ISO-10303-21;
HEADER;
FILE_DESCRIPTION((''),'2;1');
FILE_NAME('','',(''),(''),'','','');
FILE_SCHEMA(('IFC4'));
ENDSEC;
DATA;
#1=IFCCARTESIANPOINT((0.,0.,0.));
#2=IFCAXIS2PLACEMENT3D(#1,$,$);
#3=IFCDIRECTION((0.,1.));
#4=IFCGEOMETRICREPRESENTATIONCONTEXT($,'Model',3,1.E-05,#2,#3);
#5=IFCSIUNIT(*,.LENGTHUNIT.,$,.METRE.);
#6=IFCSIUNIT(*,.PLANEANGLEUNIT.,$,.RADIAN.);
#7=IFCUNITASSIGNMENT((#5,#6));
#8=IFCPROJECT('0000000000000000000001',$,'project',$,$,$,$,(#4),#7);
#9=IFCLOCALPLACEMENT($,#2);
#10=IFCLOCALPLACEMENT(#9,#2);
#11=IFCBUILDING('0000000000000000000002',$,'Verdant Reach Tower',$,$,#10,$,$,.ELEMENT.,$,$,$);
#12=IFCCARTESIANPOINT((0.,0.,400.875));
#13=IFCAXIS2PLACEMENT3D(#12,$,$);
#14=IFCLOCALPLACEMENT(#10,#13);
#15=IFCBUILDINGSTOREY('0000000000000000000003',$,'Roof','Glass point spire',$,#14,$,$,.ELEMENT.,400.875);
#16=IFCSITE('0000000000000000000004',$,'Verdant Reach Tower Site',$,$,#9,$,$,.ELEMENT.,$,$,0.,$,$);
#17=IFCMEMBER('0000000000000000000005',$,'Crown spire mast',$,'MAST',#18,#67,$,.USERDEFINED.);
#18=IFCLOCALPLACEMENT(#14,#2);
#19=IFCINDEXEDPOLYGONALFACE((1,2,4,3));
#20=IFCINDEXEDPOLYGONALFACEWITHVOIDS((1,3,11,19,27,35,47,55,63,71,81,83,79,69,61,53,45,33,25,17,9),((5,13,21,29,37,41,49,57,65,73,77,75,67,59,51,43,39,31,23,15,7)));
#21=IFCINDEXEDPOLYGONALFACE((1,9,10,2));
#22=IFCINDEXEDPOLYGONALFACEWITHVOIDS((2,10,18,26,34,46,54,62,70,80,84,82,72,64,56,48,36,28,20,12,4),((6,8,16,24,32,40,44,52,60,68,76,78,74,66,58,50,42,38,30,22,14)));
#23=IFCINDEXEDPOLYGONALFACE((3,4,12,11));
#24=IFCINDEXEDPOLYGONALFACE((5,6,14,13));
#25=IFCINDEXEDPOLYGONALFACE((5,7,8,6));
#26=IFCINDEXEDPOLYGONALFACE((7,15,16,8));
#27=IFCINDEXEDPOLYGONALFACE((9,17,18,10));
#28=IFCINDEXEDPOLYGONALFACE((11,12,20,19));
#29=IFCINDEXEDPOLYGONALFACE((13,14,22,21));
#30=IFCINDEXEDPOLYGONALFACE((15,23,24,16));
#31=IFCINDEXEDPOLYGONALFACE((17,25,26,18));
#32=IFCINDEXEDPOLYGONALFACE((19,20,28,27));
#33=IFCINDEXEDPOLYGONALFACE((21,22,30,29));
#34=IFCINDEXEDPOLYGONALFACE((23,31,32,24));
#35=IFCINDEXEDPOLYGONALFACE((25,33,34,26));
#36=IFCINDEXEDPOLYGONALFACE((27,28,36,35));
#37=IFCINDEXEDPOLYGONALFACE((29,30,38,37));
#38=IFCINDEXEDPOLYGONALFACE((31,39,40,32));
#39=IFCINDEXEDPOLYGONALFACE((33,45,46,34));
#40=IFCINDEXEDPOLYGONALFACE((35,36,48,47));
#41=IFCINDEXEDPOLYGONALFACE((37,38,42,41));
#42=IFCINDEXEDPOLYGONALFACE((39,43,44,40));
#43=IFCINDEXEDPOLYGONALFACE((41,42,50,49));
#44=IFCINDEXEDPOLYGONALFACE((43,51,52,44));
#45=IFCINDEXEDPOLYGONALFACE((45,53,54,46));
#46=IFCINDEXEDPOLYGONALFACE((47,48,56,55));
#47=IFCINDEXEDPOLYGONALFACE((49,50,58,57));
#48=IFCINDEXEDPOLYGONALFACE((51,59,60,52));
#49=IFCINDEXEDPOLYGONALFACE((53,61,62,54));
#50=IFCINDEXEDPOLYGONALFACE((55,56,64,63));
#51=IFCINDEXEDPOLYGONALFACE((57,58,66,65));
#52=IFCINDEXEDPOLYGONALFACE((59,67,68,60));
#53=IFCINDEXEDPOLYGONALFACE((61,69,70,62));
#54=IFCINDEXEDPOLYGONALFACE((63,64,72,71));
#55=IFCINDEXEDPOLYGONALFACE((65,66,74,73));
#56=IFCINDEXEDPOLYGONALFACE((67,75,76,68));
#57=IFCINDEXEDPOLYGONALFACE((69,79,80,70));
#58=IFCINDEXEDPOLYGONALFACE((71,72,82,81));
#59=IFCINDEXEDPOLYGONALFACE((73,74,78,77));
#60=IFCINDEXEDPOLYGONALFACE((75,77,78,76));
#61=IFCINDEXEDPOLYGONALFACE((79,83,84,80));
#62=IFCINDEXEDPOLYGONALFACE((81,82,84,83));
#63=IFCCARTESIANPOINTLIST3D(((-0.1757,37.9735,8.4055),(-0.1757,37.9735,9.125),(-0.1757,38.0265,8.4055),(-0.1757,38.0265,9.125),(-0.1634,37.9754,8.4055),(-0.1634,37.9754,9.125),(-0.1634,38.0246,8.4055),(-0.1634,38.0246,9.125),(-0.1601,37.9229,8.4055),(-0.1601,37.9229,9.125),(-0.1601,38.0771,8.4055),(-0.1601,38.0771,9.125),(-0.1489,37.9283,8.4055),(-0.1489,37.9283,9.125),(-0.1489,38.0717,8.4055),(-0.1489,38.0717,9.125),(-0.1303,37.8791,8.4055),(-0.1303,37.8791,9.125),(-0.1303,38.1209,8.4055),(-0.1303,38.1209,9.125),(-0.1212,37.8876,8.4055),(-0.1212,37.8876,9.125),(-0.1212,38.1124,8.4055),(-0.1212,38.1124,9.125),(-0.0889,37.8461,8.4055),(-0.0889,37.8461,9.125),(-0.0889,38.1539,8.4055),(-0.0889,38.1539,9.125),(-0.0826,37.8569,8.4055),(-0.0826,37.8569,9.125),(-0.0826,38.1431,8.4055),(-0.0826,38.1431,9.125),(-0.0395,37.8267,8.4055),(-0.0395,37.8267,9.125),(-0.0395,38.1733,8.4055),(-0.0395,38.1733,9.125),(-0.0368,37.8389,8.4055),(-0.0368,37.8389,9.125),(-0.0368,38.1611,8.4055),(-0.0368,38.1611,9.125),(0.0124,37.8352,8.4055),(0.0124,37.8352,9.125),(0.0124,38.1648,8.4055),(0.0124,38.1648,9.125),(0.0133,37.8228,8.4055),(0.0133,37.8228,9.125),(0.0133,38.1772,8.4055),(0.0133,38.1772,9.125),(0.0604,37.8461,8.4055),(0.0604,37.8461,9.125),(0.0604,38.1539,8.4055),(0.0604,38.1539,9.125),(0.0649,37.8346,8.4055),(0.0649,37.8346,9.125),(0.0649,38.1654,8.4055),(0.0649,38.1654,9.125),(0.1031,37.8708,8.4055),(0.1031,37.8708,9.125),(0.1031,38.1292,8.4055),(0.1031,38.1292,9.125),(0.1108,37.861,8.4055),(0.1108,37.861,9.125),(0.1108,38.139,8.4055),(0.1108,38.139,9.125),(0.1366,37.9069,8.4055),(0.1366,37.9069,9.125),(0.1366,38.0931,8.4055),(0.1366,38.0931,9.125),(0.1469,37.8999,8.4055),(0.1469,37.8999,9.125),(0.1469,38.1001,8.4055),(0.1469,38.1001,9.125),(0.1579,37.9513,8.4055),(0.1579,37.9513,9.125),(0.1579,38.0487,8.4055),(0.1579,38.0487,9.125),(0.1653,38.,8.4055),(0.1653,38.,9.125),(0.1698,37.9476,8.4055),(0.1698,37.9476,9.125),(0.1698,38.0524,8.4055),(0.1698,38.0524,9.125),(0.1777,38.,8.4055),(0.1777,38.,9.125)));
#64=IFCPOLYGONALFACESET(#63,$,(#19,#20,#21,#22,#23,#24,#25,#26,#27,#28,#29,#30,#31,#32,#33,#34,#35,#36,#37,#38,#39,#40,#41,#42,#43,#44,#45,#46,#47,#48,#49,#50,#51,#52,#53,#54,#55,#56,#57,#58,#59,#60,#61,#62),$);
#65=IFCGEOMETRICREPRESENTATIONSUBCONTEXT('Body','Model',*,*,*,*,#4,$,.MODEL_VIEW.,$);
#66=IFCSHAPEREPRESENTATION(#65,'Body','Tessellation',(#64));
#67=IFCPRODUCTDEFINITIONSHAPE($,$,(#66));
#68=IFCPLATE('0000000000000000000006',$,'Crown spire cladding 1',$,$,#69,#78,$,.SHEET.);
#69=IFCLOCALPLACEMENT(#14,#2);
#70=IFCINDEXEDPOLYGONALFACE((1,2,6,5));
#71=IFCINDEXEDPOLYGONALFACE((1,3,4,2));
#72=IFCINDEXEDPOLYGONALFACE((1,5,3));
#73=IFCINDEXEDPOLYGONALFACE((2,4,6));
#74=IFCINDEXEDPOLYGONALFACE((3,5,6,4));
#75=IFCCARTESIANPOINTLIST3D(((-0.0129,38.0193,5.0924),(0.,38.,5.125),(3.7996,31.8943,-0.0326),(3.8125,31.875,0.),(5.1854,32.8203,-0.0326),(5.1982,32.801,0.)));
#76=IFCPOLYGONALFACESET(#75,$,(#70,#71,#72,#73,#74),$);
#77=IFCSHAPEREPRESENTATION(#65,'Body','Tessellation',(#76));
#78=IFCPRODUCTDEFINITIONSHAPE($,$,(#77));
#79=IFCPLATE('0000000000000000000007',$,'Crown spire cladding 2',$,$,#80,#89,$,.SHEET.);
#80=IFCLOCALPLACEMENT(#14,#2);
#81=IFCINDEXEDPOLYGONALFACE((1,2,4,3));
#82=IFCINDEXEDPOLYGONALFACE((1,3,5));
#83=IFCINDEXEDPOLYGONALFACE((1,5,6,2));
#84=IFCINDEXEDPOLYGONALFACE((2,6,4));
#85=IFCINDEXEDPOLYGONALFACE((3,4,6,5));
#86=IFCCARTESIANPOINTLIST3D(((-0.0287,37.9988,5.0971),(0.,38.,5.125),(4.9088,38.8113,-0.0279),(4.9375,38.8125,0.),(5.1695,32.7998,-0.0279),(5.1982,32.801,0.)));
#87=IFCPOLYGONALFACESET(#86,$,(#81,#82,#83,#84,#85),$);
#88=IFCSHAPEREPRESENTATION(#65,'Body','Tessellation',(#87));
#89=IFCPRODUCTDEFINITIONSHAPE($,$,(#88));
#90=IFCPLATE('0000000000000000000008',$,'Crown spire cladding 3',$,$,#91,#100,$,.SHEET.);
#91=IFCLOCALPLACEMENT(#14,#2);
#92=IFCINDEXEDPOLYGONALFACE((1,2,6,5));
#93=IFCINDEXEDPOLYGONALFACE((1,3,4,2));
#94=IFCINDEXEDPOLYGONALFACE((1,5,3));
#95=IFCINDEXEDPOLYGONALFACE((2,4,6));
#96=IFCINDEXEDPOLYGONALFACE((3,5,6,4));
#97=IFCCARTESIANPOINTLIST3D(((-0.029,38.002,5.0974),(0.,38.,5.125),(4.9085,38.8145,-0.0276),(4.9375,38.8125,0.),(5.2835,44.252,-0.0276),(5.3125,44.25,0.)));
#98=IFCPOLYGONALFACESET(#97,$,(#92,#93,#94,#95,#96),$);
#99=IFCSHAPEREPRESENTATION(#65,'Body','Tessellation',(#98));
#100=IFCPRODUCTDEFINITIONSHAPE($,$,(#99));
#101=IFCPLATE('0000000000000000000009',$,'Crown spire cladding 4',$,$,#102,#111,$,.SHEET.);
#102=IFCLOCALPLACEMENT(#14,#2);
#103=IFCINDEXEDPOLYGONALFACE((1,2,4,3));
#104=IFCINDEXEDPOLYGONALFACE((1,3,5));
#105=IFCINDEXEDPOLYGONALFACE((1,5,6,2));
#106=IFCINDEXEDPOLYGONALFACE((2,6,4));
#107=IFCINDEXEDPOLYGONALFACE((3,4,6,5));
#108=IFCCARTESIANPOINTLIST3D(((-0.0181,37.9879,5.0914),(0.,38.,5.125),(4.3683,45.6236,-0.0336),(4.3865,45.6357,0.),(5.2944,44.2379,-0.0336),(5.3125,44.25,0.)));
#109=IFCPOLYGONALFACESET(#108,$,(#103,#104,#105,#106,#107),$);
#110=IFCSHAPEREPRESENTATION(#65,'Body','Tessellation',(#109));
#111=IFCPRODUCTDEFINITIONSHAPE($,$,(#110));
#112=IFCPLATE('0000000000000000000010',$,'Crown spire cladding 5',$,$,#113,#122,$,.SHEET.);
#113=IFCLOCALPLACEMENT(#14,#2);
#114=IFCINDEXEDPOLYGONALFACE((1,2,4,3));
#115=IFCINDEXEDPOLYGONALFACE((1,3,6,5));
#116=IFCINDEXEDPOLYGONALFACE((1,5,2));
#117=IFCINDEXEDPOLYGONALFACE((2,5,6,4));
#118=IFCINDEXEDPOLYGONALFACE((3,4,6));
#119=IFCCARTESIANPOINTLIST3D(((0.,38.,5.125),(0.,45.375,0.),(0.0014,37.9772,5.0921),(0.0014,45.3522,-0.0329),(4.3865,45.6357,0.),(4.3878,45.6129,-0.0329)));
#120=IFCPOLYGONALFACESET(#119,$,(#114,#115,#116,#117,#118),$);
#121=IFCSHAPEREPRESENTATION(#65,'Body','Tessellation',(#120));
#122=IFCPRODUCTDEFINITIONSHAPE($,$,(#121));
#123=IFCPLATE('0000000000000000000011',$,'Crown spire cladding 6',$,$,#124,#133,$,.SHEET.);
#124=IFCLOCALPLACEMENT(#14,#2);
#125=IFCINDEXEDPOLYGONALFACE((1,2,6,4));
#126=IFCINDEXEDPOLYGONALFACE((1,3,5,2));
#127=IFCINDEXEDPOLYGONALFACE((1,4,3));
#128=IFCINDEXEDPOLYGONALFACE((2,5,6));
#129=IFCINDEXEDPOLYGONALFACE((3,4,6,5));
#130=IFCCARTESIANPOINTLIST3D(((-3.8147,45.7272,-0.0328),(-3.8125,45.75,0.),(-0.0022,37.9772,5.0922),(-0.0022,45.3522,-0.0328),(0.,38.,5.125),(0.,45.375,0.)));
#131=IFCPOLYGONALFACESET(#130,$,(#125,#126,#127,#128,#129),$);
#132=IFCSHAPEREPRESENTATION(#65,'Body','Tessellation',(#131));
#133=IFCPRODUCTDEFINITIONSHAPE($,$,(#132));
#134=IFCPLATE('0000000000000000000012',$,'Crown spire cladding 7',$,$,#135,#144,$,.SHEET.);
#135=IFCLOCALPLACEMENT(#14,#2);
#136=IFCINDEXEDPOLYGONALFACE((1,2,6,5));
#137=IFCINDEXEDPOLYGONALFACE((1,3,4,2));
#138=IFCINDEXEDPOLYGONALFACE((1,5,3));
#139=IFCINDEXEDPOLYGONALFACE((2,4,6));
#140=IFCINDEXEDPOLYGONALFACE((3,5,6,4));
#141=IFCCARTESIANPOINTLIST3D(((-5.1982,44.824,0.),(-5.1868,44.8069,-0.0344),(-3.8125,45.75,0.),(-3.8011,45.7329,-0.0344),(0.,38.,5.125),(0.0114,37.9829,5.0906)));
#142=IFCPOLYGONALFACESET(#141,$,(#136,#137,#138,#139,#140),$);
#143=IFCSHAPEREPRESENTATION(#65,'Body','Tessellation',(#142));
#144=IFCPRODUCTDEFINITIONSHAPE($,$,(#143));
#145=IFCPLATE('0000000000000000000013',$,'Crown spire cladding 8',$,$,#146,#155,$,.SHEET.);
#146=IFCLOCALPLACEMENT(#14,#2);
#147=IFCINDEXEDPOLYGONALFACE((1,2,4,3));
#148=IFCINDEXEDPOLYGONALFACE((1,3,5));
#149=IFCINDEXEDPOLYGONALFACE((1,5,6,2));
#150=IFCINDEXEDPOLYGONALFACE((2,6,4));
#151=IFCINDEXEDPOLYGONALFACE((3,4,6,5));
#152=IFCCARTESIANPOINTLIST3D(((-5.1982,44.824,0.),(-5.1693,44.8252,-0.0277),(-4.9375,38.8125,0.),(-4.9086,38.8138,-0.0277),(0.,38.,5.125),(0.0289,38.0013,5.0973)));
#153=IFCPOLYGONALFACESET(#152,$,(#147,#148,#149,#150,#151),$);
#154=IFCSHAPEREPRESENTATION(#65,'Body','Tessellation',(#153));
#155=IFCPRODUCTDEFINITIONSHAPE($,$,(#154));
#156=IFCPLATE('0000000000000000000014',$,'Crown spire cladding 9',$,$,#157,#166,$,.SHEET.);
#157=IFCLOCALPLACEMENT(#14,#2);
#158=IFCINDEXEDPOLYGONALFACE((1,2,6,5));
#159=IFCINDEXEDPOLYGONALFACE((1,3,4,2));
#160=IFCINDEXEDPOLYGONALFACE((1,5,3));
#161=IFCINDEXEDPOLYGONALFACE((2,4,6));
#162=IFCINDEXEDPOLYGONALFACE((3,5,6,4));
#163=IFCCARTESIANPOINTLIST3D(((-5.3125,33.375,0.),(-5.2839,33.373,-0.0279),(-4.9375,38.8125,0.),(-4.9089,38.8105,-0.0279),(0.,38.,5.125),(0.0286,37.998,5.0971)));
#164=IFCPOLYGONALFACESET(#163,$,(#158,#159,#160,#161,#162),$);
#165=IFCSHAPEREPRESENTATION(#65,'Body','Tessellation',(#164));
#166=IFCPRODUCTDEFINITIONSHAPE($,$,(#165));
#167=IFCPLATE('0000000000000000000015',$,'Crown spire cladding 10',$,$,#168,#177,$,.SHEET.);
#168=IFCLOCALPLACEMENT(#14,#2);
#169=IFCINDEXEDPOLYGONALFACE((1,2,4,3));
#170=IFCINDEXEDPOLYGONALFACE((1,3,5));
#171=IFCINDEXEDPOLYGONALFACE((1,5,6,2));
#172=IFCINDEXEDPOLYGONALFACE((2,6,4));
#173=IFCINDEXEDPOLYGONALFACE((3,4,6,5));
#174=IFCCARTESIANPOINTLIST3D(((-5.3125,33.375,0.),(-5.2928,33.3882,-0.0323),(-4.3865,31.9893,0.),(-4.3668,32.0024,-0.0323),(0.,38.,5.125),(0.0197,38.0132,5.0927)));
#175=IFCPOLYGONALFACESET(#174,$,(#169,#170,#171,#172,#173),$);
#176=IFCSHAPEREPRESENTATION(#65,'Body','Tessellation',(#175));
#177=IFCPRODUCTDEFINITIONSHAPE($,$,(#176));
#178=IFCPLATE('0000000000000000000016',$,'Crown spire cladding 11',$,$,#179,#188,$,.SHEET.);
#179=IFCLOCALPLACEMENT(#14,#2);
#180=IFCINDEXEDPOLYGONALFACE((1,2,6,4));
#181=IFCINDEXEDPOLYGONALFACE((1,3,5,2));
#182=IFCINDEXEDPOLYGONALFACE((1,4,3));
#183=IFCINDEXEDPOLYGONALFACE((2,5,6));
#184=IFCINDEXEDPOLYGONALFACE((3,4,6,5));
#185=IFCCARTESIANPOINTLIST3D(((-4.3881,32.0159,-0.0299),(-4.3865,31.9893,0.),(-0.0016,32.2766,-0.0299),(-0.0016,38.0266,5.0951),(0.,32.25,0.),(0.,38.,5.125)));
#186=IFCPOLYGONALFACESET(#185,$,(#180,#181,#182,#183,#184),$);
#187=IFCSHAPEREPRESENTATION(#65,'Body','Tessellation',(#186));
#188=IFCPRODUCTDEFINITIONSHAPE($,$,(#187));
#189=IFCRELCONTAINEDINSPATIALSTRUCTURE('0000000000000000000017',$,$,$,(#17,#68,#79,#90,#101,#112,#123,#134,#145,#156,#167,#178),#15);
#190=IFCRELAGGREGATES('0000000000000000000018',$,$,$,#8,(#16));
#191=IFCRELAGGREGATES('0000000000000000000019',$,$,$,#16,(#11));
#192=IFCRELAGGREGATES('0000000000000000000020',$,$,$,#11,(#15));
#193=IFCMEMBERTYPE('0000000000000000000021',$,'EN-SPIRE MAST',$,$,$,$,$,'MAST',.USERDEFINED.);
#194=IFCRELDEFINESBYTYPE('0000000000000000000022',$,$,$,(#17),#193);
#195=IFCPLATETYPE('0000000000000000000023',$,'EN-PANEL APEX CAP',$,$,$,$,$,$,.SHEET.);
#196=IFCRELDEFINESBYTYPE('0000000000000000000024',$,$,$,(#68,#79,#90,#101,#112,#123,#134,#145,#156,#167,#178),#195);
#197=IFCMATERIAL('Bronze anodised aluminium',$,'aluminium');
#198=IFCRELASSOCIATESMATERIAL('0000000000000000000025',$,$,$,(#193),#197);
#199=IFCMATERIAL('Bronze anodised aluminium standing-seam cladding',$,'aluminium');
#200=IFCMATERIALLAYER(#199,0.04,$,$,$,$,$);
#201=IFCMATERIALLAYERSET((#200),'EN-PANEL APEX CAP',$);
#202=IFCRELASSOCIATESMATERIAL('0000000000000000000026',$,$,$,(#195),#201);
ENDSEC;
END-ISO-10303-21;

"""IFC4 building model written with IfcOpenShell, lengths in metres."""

from ifc_helpers import new_model, si_unit, direction, frame, origin, origin_2d, place, context, subcontext, project, spatial, polyline, hollow_circle, outline, extrude, material, layer, layer_set, material_profile, profile_set, type_object, element, save


model = new_model("IFC4")

# Units and contexts
model_context = context("Model", 3, precision=1e-05, world=origin(), true_north=direction((0.0, 1.0)))
body_context = subcontext(model_context, "Body", "Model", "MODEL_VIEW")
ifc_project = project(units=[si_unit("LENGTHUNIT", "METRE"), si_unit("PLANEANGLEUNIT", "RADIAN")], contexts=[model_context])

# Site, building, storey
site_placement = place(None, origin())
site = spatial("IfcSite", under=ifc_project, at=site_placement, Name="Verdant Reach Tower Site", CompositionType="ELEMENT", RefElevation=0.0)
building_placement = place(site_placement, origin())
building = spatial("IfcBuilding", under=site, at=building_placement, Name="Verdant Reach Tower", CompositionType="ELEMENT")
storey_placement = place(building_placement, frame((0.0, 0.0, 400.875)))
storey = spatial("IfcBuildingStorey", under=building, at=storey_placement, Name="Roof", Description="Glass point spire", CompositionType="ELEMENT", Elevation=400.875)

# Member
ifc_material_1 = material(Name="Bronze anodised aluminium", Category="aluminium")
ifc_material_profile = material_profile(ifc_material_1, hollow_circle(Radius=0.1777, WallThickness=0.0125, at=origin_2d()), Name="CHS 355.6x12.5")
ifc_profile_set = profile_set([ifc_material_profile], Name="Bronze anodised aluminium")
member_type = type_object("IfcMemberType", Name="EN-SPIRE MAST", ElementType="MAST", PredefinedType="USERDEFINED", material=ifc_profile_set)
member_placement = place(storey_placement, frame((0.0, 38.0, 8.4055), z_axis=(0.0, 0.0, 1.0), x_axis=(1.0, 0.0, 0.0)))
element("IfcMember", 1, at=member_placement, inside=storey, type_object=member_type, Name="Crown spire mast", ObjectType="MAST", PredefinedType="USERDEFINED", context=body_context, shape_type="SweptSolid", body=[
    extrude(hollow_circle(Radius=0.1777, WallThickness=0.0125, at=origin_2d()), origin(), (0.0, 0.0, 1.0), 0.7195),
])

# Plates
ifc_material_2 = material(Name="Bronze anodised aluminium standing-seam cladding", Category="aluminium")
ifc_layer = layer(ifc_material_2, 0.04)
ifc_layer_set = layer_set([ifc_layer], Name="EN-PANEL APEX CAP")
plate_type = type_object("IfcPlateType", Name="EN-PANEL APEX CAP", PredefinedType="SHEET", material=ifc_layer_set)
plate_1_placement = place(storey_placement, frame((3.8125, 31.875, 0.0), z_axis=(0.321877, -0.48167, 0.8151), x_axis=(0.831441, 0.555613, 0.0)))
element("IfcPlate", 2, at=plate_1_placement, inside=storey, type_object=plate_type, Name="Crown spire cladding 1", PredefinedType="SHEET", context=body_context, shape_type="SweptSolid", body=[
    extrude(outline(polyline([(0.0, 0.0), (1.6667, 0.0), (0.2333, 8.8466), (0.0, 0.0)])), origin(), (0.0, 0.0, -1.0), 0.04),
])
plate_2_placement = place(storey_placement, frame((5.1982, 32.801, 0.0), z_axis=(0.71734, 0.031114, 0.696028), x_axis=(-0.043333, 0.999061, 0.0)))
element("IfcPlate", 3, at=plate_2_placement, inside=storey, type_object=plate_type, Name="Crown spire cladding 2", PredefinedType="SHEET", context=body_context, shape_type="SweptSolid", body=[
    extrude(outline(polyline([(0.0, 0.0), (6.0171, 0.0), (5.4193, 7.1377), (0.0, 0.0)])), origin(), (0.0, 0.0, -1.0), 0.04),
])
plate_3_placement = place(storey_placement, frame((4.9375, 38.8125, 0.0), z_axis=(0.723201, -0.049876, 0.688835), x_axis=(0.068802, 0.99763, 0.0)))
element("IfcPlate", 4, at=plate_3_placement, inside=storey, type_object=plate_type, Name="Crown spire cladding 3", PredefinedType="SHEET", context=body_context, shape_type="SweptSolid", body=[
    extrude(outline(polyline([(0.0, 0.0), (5.4504, 0.0), (-1.1503, 7.0698), (0.0, 0.0)])), origin(), (0.0, 0.0, -1.0), 0.04),
])
plate_4_placement = place(storey_placement, frame((5.3125, 44.25, 0.0), z_axis=(0.452924, 0.302668, 0.838601), x_axis=(-0.555613, 0.831441, 0.0)))
element("IfcPlate", 5, at=plate_4_placement, inside=storey, type_object=plate_type, Name="Crown spire cladding 4", PredefinedType="SHEET", context=body_context, shape_type="SweptSolid", body=[
    extrude(outline(polyline([(0.0, 0.0), (1.6667, 0.0), (-2.2448, 9.4081), (0.0, 0.0)])), origin(), (0.0, 0.0, -1.0), 0.04),
])
plate_5_placement = place(storey_placement, frame((4.3865, 45.6357, 0.0), z_axis=(-0.033902, 0.570329, 0.820717), x_axis=(-0.998238, -0.059338, 0.0)))
element("IfcPlate", 6, at=plate_5_placement, inside=storey, type_object=plate_type, Name="Crown spire cladding 5", PredefinedType="SHEET", context=body_context, shape_type="SweptSolid", body=[
    extrude(outline(polyline([(0.0, 0.0), (4.3942, 0.0), (4.8318, 8.9702), (0.0, 0.0)])), origin(), (0.0, 0.0, -1.0), 0.04),
])
plate_6_placement = place(storey_placement, frame((0.0, 45.375, 0.0), z_axis=(0.056042, 0.56976, 0.819898), x_axis=(-0.995197, 0.097888, 0.0)))
element("IfcPlate", 7, at=plate_6_placement, inside=storey, type_object=plate_type, Name="Crown spire cladding 6", PredefinedType="SHEET", context=body_context, shape_type="SweptSolid", body=[
    extrude(outline(polyline([(0.0, 0.0), (3.8309, 0.0), (-0.7219, 8.9518), (0.0, 0.0)])), origin(), (0.0, 0.0, -1.0), 0.04),
])
plate_7_placement = place(storey_placement, frame((-3.8125, 45.75, 0.0), z_axis=(-0.285362, 0.427027, 0.85803), x_axis=(-0.831441, -0.555613, 0.0)))
element("IfcPlate", 8, at=plate_7_placement, inside=storey, type_object=plate_type, Name="Crown spire cladding 7", PredefinedType="SHEET", context=body_context, shape_type="SweptSolid", body=[
    extrude(outline(polyline([(0.0, 0.0), (1.6667, 0.0), (1.1361, 9.9786), (0.0, 0.0)])), origin(), (0.0, 0.0, -1.0), 0.04),
])
plate_8_placement = place(storey_placement, frame((-5.1982, 44.824, 0.0), z_axis=(-0.722281, -0.031328, 0.69089), x_axis=(0.043333, -0.999061, 0.0)))
element("IfcPlate", 9, at=plate_8_placement, inside=storey, type_object=plate_type, Name="Crown spire cladding 8", PredefinedType="SHEET", context=body_context, shape_type="SweptSolid", body=[
    extrude(outline(polyline([(0.0, 0.0), (6.0171, 0.0), (7.0428, 7.0889), (0.0, 0.0)])), origin(), (0.0, 0.0, -1.0), 0.04),
])
plate_9_placement = place(storey_placement, frame((-4.9375, 38.8125, 0.0), z_axis=(-0.715361, 0.049335, 0.697011), x_axis=(-0.068802, -0.99763, 0.0)))
element("IfcPlate", 10, at=plate_9_placement, inside=storey, type_object=plate_type, Name="Crown spire cladding 9", PredefinedType="SHEET", context=body_context, shape_type="SweptSolid", body=[
    extrude(outline(polyline([(0.0, 0.0), (5.4504, 0.0), (0.4709, 7.1472), (0.0, 0.0)])), origin(), (0.0, 0.0, -1.0), 0.04),
])
plate_10_placement = place(storey_placement, frame((-5.3125, 33.375, 0.0), z_axis=(-0.491771, -0.328627, 0.806328), x_axis=(0.555613, -0.831441, 0.0)))
element("IfcPlate", 11, at=plate_10_placement, inside=storey, type_object=plate_type, Name="Crown spire cladding 10", PredefinedType="SHEET", context=body_context, shape_type="SweptSolid", body=[
    extrude(outline(polyline([(0.0, 0.0), (1.6667, 0.0), (-0.8937, 8.6649), (0.0, 0.0)])), origin(), (0.0, 0.0, -1.0), 0.04),
])
plate_11_placement = place(storey_placement, frame((-4.3865, 31.9893, 0.0), z_axis=(0.03952, -0.664851, 0.74593), x_axis=(0.998238, 0.059338, 0.0)))
element("IfcPlate", 12, at=plate_11_placement, inside=storey, type_object=plate_type, Name="Crown spire cladding 11", PredefinedType="SHEET", context=body_context, shape_type="SweptSolid", body=[
    extrude(outline(polyline([(0.0, 0.0), (4.3942, 0.0), (4.7354, 7.6949), (0.0, 0.0)])), origin(), (0.0, 0.0, -1.0), 0.04),
])

save(model, "model.ifc")
